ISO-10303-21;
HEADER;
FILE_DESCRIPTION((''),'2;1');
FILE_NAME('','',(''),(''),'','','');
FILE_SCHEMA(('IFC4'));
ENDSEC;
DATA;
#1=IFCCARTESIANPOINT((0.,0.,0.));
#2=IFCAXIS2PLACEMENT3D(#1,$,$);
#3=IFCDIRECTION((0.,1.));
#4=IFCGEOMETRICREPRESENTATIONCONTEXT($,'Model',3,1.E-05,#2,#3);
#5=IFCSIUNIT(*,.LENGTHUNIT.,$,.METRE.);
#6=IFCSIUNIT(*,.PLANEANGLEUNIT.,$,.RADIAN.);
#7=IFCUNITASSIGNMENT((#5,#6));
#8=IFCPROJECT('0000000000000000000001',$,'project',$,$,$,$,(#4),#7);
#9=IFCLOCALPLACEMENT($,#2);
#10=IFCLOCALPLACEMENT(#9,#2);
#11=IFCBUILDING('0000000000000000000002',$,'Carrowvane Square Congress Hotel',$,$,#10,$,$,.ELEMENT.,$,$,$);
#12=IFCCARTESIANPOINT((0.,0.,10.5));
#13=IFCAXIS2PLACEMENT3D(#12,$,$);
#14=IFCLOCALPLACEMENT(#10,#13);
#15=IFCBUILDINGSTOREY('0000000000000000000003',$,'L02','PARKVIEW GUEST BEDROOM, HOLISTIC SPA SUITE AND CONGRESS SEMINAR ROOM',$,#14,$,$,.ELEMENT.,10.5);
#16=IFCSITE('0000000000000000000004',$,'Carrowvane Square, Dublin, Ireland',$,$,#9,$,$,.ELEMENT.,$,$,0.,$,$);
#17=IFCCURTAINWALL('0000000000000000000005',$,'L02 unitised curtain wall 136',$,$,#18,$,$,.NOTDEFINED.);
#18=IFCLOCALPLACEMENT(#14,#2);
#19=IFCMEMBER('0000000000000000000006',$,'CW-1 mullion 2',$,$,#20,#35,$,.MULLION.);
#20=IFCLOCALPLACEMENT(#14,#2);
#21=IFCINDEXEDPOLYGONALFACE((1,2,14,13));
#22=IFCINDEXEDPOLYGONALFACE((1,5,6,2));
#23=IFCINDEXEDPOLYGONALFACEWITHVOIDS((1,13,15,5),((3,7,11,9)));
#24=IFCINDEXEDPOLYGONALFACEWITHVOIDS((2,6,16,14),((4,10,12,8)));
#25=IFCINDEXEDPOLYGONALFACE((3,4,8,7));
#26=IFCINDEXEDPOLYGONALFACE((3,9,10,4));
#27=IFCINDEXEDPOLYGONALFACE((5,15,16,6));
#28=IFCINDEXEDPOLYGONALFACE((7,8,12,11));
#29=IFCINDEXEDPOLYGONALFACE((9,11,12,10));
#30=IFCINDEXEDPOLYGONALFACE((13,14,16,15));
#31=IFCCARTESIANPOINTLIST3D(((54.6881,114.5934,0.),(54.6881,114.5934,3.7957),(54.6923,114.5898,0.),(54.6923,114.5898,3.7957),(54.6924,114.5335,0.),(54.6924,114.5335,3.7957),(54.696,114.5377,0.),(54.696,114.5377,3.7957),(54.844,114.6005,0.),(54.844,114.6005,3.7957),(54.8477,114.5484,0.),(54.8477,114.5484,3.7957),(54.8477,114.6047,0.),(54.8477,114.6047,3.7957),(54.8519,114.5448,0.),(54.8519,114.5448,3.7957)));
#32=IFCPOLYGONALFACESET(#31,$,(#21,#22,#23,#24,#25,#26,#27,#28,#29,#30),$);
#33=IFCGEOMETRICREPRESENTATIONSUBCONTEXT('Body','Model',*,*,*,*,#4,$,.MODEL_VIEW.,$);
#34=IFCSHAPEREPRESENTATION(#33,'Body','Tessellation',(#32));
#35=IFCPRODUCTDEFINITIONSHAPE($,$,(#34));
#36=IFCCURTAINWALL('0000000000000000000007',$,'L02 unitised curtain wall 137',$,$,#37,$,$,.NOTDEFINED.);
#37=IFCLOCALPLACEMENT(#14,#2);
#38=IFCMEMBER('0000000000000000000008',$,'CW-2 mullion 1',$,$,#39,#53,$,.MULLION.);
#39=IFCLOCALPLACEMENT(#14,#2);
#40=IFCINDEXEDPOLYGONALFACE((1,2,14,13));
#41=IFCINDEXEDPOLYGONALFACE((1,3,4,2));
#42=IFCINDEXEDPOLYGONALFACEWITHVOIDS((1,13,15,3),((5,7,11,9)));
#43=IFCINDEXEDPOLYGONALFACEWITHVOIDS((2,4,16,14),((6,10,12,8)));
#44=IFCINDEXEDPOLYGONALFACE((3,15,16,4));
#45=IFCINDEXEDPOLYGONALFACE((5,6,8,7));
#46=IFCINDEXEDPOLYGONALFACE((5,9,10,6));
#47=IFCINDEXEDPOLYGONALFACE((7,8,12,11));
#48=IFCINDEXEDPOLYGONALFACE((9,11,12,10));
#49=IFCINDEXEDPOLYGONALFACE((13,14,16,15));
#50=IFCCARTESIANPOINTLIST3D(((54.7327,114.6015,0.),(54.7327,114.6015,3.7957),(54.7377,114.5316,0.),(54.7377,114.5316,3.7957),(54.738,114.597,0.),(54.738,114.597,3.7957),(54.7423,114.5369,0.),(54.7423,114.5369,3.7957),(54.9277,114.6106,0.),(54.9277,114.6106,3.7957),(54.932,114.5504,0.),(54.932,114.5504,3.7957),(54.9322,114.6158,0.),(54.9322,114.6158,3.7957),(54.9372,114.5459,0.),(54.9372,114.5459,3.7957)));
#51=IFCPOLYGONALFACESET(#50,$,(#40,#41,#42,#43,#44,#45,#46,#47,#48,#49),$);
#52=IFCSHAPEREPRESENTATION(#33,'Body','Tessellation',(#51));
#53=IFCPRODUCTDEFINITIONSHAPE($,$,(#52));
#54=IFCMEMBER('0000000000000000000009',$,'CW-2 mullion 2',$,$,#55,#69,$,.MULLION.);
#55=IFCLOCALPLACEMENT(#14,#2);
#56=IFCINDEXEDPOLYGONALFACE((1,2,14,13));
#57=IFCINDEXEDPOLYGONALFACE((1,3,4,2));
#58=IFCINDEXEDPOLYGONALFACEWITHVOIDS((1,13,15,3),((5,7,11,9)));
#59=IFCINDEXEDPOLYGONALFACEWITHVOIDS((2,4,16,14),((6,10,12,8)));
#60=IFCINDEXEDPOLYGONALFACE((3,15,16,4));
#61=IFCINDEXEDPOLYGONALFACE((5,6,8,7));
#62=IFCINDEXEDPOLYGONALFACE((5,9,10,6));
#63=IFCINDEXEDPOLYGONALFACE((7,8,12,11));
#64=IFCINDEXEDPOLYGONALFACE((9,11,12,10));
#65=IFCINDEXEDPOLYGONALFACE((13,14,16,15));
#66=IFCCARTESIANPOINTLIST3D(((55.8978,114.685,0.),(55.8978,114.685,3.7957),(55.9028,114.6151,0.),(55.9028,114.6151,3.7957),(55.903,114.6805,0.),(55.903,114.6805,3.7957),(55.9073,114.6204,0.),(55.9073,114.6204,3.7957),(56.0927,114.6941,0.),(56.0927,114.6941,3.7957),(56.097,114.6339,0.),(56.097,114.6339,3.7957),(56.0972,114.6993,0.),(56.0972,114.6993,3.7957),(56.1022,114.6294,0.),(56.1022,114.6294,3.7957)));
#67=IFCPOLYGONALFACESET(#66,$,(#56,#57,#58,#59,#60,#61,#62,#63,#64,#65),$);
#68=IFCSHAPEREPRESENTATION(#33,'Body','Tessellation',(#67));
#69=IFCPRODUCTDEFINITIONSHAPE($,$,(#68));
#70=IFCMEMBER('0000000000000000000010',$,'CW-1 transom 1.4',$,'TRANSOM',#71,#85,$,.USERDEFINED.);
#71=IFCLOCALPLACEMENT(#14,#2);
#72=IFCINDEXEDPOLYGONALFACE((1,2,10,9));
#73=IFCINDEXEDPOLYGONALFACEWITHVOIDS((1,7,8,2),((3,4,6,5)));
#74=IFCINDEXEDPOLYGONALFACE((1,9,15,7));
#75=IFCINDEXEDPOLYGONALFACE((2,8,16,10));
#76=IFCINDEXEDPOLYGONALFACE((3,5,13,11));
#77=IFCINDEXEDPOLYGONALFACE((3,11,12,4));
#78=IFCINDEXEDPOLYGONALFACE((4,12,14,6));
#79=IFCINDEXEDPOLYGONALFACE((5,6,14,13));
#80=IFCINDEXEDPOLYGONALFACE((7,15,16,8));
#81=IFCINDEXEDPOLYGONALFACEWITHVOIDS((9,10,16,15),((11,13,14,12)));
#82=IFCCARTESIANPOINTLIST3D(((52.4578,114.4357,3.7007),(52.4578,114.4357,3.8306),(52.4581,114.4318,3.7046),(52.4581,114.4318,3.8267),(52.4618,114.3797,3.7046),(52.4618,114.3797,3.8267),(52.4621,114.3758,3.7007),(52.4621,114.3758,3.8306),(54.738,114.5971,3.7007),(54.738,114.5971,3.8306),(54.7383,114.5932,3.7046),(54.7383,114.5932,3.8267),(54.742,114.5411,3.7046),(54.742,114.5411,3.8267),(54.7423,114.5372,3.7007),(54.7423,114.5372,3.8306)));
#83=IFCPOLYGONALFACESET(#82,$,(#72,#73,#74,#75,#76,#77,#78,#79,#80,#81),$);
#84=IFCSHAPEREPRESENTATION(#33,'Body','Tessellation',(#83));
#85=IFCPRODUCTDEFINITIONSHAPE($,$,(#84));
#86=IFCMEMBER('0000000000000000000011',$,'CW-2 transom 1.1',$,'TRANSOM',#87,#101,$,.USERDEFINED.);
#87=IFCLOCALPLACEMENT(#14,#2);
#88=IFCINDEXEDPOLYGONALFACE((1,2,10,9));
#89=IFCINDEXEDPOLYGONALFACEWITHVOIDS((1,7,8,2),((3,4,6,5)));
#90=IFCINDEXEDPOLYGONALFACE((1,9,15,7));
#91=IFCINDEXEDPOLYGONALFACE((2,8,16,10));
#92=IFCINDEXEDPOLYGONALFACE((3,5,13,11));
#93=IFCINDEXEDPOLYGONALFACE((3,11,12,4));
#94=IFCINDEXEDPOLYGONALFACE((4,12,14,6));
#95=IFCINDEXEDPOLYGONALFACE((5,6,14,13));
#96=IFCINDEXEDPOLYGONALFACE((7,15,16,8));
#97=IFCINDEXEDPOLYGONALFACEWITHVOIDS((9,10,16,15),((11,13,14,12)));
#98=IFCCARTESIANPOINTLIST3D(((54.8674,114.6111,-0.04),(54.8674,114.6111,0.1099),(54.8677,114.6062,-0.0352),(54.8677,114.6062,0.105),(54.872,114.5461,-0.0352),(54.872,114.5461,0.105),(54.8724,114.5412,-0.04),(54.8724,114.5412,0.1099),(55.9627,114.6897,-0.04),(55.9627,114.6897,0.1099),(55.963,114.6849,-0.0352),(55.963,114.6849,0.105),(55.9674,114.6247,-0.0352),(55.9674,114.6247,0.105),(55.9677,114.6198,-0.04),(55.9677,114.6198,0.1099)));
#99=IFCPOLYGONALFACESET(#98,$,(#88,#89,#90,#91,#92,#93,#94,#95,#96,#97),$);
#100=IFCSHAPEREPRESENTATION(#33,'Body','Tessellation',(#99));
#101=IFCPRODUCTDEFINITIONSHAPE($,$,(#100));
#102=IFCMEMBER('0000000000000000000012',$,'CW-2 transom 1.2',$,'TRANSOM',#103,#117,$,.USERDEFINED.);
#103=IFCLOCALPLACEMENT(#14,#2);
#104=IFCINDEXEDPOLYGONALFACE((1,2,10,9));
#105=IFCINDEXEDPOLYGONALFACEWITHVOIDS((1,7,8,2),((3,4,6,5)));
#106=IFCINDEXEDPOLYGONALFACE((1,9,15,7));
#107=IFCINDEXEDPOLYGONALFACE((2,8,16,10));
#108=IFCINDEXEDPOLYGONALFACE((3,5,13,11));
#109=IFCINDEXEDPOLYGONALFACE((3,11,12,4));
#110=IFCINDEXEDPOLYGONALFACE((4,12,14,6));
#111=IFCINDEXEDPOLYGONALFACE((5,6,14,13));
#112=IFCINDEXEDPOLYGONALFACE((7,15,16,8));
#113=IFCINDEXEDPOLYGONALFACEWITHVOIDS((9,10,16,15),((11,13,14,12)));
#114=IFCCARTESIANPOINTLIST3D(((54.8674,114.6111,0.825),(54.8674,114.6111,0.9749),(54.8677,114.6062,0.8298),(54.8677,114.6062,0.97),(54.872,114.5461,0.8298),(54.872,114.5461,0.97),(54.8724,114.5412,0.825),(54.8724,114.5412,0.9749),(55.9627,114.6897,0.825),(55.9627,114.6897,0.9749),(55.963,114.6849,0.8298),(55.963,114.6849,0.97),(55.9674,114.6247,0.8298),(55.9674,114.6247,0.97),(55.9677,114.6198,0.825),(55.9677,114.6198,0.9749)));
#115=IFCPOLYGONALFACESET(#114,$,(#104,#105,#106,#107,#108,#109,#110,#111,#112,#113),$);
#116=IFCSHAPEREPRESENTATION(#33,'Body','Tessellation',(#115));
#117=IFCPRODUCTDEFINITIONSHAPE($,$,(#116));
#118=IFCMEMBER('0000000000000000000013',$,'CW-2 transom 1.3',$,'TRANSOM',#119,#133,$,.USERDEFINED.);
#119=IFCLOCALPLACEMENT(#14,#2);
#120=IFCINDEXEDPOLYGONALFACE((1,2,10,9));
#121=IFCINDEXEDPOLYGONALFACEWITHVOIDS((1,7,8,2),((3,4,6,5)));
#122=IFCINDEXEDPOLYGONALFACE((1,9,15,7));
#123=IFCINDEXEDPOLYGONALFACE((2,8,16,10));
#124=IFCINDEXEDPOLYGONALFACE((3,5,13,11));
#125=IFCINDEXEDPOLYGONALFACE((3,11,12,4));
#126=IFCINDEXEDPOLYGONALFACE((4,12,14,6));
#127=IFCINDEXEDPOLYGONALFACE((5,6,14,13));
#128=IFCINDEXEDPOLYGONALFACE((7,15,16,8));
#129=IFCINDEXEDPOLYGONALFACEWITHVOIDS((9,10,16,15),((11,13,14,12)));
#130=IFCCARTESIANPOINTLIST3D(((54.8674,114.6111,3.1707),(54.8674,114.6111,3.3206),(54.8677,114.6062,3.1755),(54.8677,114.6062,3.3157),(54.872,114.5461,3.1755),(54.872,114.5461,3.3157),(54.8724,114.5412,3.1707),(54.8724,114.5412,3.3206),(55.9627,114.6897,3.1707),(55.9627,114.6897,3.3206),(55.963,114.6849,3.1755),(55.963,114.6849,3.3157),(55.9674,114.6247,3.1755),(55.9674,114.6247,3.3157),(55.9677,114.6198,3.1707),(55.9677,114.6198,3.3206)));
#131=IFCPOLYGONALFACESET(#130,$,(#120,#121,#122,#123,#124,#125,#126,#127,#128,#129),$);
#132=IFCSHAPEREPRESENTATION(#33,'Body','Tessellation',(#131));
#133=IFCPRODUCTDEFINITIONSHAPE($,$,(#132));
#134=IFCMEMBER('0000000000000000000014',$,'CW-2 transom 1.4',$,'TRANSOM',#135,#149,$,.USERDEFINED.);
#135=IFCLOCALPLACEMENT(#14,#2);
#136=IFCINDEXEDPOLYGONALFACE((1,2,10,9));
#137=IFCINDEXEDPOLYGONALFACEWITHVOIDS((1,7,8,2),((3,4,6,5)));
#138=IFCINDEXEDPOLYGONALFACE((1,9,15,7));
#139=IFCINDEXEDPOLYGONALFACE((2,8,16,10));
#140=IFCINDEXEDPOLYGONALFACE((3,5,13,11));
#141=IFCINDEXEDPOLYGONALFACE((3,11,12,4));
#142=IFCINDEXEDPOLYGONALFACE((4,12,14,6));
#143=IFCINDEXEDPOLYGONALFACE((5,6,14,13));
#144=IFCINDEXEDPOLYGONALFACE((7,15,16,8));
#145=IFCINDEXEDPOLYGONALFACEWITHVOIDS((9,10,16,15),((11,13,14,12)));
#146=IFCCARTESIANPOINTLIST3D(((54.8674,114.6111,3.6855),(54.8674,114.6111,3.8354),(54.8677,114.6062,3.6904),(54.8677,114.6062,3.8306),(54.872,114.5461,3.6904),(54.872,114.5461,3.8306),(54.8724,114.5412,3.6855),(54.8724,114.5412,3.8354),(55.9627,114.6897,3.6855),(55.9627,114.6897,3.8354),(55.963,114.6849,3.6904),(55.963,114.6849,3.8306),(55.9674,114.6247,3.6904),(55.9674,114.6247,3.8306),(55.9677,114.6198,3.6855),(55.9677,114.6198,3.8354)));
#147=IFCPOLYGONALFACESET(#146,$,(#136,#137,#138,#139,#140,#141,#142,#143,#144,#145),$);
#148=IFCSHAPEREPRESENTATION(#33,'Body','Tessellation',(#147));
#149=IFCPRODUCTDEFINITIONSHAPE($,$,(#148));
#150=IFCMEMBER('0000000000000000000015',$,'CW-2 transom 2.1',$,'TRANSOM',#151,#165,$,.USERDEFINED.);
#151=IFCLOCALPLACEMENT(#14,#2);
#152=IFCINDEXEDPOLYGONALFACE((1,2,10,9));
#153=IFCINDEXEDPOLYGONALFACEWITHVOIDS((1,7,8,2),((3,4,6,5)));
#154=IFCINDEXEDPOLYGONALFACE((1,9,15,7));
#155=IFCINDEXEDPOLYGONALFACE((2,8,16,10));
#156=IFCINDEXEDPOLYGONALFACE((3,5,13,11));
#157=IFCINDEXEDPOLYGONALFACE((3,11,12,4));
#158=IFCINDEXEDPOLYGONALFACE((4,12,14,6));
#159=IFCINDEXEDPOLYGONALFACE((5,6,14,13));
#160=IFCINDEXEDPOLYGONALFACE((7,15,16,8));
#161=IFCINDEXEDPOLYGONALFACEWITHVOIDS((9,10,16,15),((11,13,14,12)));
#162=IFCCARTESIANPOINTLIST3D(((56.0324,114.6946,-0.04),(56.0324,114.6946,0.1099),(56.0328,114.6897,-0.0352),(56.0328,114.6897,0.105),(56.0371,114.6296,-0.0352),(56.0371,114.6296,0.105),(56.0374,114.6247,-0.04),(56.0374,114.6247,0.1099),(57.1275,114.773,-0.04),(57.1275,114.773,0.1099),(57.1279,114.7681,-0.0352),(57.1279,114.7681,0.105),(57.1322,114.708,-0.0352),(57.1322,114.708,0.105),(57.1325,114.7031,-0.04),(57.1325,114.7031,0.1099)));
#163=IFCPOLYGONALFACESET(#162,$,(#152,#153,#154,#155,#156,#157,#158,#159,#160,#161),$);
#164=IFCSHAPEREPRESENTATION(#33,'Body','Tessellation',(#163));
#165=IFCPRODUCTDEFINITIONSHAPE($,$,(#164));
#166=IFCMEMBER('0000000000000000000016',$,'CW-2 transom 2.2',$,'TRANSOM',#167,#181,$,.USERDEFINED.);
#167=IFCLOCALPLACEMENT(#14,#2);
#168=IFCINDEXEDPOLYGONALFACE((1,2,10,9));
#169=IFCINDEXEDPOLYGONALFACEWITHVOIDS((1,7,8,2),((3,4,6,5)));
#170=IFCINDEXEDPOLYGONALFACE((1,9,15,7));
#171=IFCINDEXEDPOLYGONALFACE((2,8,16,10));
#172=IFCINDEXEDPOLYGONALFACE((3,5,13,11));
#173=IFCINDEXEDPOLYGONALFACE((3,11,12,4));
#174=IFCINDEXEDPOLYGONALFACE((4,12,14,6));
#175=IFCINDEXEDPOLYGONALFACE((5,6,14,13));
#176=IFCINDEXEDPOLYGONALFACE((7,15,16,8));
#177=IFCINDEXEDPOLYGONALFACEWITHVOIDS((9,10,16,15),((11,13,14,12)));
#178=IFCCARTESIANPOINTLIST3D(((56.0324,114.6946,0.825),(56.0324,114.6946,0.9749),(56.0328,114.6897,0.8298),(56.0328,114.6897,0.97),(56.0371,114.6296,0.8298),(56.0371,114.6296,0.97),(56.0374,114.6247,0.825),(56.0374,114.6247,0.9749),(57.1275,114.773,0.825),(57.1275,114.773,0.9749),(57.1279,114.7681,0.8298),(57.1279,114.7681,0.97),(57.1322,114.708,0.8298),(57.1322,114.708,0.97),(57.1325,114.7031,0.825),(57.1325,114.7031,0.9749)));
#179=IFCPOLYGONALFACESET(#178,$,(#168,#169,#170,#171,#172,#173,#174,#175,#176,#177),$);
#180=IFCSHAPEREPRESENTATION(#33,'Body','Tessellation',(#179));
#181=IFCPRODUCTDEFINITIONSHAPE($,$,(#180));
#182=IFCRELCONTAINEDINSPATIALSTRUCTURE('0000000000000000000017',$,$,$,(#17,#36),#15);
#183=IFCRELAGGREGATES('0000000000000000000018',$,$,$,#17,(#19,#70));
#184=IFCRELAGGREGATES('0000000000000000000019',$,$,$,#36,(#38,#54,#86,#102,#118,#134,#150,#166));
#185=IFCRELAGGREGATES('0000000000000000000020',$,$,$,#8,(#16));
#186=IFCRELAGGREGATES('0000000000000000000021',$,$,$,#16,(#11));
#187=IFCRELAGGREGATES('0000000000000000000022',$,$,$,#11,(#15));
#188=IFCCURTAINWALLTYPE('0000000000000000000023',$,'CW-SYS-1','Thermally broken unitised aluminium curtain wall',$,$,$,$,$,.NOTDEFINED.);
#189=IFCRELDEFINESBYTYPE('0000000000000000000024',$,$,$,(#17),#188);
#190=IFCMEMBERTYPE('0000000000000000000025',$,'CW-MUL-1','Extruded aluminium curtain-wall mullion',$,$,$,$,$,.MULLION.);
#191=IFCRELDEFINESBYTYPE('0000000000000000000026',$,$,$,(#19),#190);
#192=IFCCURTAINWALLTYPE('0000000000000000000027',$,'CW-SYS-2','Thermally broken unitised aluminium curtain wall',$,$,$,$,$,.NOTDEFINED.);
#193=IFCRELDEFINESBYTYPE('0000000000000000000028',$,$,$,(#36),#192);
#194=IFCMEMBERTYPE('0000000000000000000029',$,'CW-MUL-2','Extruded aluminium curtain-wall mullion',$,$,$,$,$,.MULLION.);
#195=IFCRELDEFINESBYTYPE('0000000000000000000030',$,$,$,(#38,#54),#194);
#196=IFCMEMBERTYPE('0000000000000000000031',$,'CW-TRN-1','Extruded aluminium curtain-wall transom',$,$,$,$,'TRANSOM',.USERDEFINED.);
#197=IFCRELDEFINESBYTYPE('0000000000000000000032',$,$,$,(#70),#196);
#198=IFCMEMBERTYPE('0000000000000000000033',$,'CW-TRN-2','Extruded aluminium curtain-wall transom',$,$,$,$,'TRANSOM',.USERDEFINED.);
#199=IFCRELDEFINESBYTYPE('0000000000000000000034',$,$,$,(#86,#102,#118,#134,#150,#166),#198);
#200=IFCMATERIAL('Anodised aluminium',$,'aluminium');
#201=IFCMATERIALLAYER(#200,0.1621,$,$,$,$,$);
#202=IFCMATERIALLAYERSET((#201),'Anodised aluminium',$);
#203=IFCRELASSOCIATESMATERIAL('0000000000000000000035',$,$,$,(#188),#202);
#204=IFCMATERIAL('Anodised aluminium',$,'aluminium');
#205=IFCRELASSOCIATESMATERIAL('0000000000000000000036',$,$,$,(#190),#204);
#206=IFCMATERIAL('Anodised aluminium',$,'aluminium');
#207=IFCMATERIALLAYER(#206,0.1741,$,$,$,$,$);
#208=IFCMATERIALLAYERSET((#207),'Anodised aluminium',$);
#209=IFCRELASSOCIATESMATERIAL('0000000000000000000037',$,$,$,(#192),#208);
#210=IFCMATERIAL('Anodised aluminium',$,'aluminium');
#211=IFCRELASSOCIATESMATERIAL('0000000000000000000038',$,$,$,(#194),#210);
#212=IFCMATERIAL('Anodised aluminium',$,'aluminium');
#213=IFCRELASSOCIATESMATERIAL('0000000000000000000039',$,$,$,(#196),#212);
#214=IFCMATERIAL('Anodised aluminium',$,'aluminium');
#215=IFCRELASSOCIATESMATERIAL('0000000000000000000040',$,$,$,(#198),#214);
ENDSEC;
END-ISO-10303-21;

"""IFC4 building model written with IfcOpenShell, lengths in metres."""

from ifc_helpers import new_model, si_unit, direction, frame, origin, origin_2d, place, context, subcontext, project, spatial, hollow_rectangle, extrude, material, layer, layer_set, material_profile, profile_set, type_object, element, aggregate, save


model = new_model("IFC4")

# Units and contexts
model_context = context("Model", 3, precision=1e-05, world=origin(), true_north=direction((0.0, 1.0)))
body_context = subcontext(model_context, "Body", "Model", "MODEL_VIEW")
ifc_project = project(units=[si_unit("LENGTHUNIT", "METRE"), si_unit("PLANEANGLEUNIT", "RADIAN")], contexts=[model_context])

# Site, building, storey
site_placement = place(None, origin())
site = spatial("IfcSite", under=ifc_project, at=site_placement, Name="Carrowvane Square, Dublin, Ireland", CompositionType="ELEMENT", RefElevation=0.0)
building_placement = place(site_placement, origin())
building = spatial("IfcBuilding", under=site, at=building_placement, Name="Carrowvane Square Congress Hotel", CompositionType="ELEMENT")
storey_placement = place(building_placement, frame((0.0, 0.0, 10.5)))
storey = spatial("IfcBuildingStorey", under=building, at=storey_placement, Name="L02", Description="PARKVIEW GUEST BEDROOM, HOLISTIC SPA SUITE AND CONGRESS SEMINAR ROOM", CompositionType="ELEMENT", Elevation=10.5)

# Curtain wall, member
ifc_material_1 = material(Name="Anodised aluminium", Category="aluminium")
ifc_layer_1 = layer(ifc_material_1, 0.1621)
ifc_layer_set_1 = layer_set([ifc_layer_1], Name="Anodised aluminium")
curtain_wall_type_1 = type_object("IfcCurtainWallType", Name="CW-SYS-1", Description="Thermally broken unitised aluminium curtain wall", PredefinedType="NOTDEFINED", material=ifc_layer_set_1)
curtain_wall_1_placement = place(storey_placement, origin())
curtain_wall_1 = element("IfcCurtainWall", 1, at=curtain_wall_1_placement, inside=storey, type_object=curtain_wall_type_1, Name="L02 unitised curtain wall 136", PredefinedType="NOTDEFINED")
ifc_material_2 = material(Name="Anodised aluminium", Category="aluminium")
ifc_material_profile_1 = material_profile(ifc_material_2, hollow_rectangle(XDim=0.0601, YDim=0.1599, WallThickness=0.0039, at=origin_2d()), Name="CW-ML 60x160x4")
ifc_profile_set_1 = profile_set([ifc_material_profile_1], Name="Anodised aluminium")
member_type_1 = type_object("IfcMemberType", Name="CW-MUL-1", Description="Extruded aluminium curtain-wall mullion", PredefinedType="MULLION", material=ifc_profile_set_1)
member_1_placement = place(storey_placement, frame((54.77, 114.5691, 0.0), z_axis=(0.0, 0.0, 1.0), x_axis=(-0.070586, 0.997506, 0.0)))
member_1 = element("IfcMember", 2, at=member_1_placement, type_object=member_type_1, Name="CW-1 mullion 2", PredefinedType="MULLION", context=body_context, shape_type="SweptSolid", body=[
    extrude(hollow_rectangle(XDim=0.0601, YDim=0.1599, WallThickness=0.0039, at=origin_2d()), origin(), (0.0, 0.0, 1.0), 3.7957),
])

# Curtain wall, members
ifc_material_3 = material(Name="Anodised aluminium", Category="aluminium")
ifc_layer_2 = layer(ifc_material_3, 0.1741)
ifc_layer_set_2 = layer_set([ifc_layer_2], Name="Anodised aluminium")
curtain_wall_type_2 = type_object("IfcCurtainWallType", Name="CW-SYS-2", Description="Thermally broken unitised aluminium curtain wall", PredefinedType="NOTDEFINED", material=ifc_layer_set_2)
curtain_wall_2_placement = place(storey_placement, origin())
curtain_wall_2 = element("IfcCurtainWall", 3, at=curtain_wall_2_placement, inside=storey, type_object=curtain_wall_type_2, Name="L02 unitised curtain wall 137", PredefinedType="NOTDEFINED")
ifc_material_4 = material(Name="Anodised aluminium", Category="aluminium")
ifc_material_profile_2 = material_profile(ifc_material_4, hollow_rectangle(XDim=0.0701, YDim=0.2, WallThickness=0.0049, at=origin_2d()), Name="CW-ML 70x200x5")
ifc_profile_set_2 = profile_set([ifc_material_profile_2], Name="Anodised aluminium")
member_type_2 = type_object("IfcMemberType", Name="CW-MUL-2", Description="Extruded aluminium curtain-wall mullion", PredefinedType="MULLION", material=ifc_profile_set_2)
member_2_placement = place(storey_placement, frame((54.835, 114.5737, 0.0), z_axis=(0.0, 0.0, 1.0), x_axis=(-0.071418, 0.997446, 0.0)))
member_2 = element("IfcMember", 4, at=member_2_placement, type_object=member_type_2, Name="CW-2 mullion 1", PredefinedType="MULLION", context=body_context, shape_type="SweptSolid", body=[
    extrude(hollow_rectangle(XDim=0.0701, YDim=0.2, WallThickness=0.0049, at=origin_2d()), origin(), (0.0, 0.0, 1.0), 3.7957),
])
member_3_placement = place(storey_placement, frame((56.0, 114.6572, 0.0), z_axis=(0.0, 0.0, 1.0), x_axis=(-0.071418, 0.997446, 0.0)))
member_3 = element("IfcMember", 5, at=member_3_placement, type_object=member_type_2, Name="CW-2 mullion 2", PredefinedType="MULLION", context=body_context, shape_type="SweptSolid", body=[
    extrude(hollow_rectangle(XDim=0.0701, YDim=0.2, WallThickness=0.0049, at=origin_2d()), origin(), (0.0, 0.0, 1.0), 3.7957),
])

# Members
ifc_material_5 = material(Name="Anodised aluminium", Category="aluminium")
ifc_material_profile_3 = material_profile(ifc_material_5, hollow_rectangle(XDim=0.0601, YDim=0.1299, WallThickness=0.0039, at=origin_2d()), Name="CW-TR 60x130x4")
ifc_profile_set_3 = profile_set([ifc_material_profile_3], Name="Anodised aluminium")
member_type_3 = type_object("IfcMemberType", Name="CW-TRN-1", Description="Extruded aluminium curtain-wall transom", ElementType="TRANSOM", PredefinedType="USERDEFINED", material=ifc_profile_set_3)
member_4_placement = place(storey_placement, frame((52.46, 114.4058, 3.7656), z_axis=(0.997505, 0.070594, 0.0), x_axis=(-0.070594, 0.997505, 0.0)))
member_4 = element("IfcMember", 6, at=member_4_placement, type_object=member_type_3, Name="CW-1 transom 1.4", ObjectType="TRANSOM", PredefinedType="USERDEFINED", context=body_context, shape_type="SweptSolid", body=[
    extrude(hollow_rectangle(XDim=0.0601, YDim=0.1299, WallThickness=0.0039, at=origin_2d()), origin(), (0.0, 0.0, 1.0), 2.2859),
])
ifc_material_6 = material(Name="Anodised aluminium", Category="aluminium")
ifc_material_profile_4 = material_profile(ifc_material_6, hollow_rectangle(XDim=0.0701, YDim=0.1499, WallThickness=0.0049, at=origin_2d()), Name="CW-TR 70x150x5")
ifc_profile_set_4 = profile_set([ifc_material_profile_4], Name="Anodised aluminium")
member_type_4 = type_object("IfcMemberType", Name="CW-TRN-2", Description="Extruded aluminium curtain-wall transom", ElementType="TRANSOM", PredefinedType="USERDEFINED", material=ifc_profile_set_4)
member_5_placement = place(storey_placement, frame((54.8699, 114.5762, 0.0349), z_axis=(0.997434, 0.071595, 0.0), x_axis=(-0.071595, 0.997434, 0.0)))
member_5 = element("IfcMember", 7, at=member_5_placement, type_object=member_type_4, Name="CW-2 transom 1.1", ObjectType="TRANSOM", PredefinedType="USERDEFINED", context=body_context, shape_type="SweptSolid", body=[
    extrude(hollow_rectangle(XDim=0.0701, YDim=0.1499, WallThickness=0.0049, at=origin_2d()), origin(), (0.0, 0.0, 1.0), 1.0981),
])
member_6_placement = place(storey_placement, frame((54.8699, 114.5762, 0.8999), z_axis=(0.997434, 0.071595, 0.0), x_axis=(-0.071595, 0.997434, 0.0)))
member_6 = element("IfcMember", 8, at=member_6_placement, type_object=member_type_4, Name="CW-2 transom 1.2", ObjectType="TRANSOM", PredefinedType="USERDEFINED", context=body_context, shape_type="SweptSolid", body=[
    extrude(hollow_rectangle(XDim=0.0701, YDim=0.1499, WallThickness=0.0049, at=origin_2d()), origin(), (0.0, 0.0, 1.0), 1.0981),
])
member_7_placement = place(storey_placement, frame((54.8699, 114.5762, 3.2456), z_axis=(0.997434, 0.071595, 0.0), x_axis=(-0.071595, 0.997434, 0.0)))
member_7 = element("IfcMember", 9, at=member_7_placement, type_object=member_type_4, Name="CW-2 transom 1.3", ObjectType="TRANSOM", PredefinedType="USERDEFINED", context=body_context, shape_type="SweptSolid", body=[
    extrude(hollow_rectangle(XDim=0.0701, YDim=0.1499, WallThickness=0.0049, at=origin_2d()), origin(), (0.0, 0.0, 1.0), 1.0981),
])
member_8_placement = place(storey_placement, frame((54.8699, 114.5762, 3.7605), z_axis=(0.997434, 0.071595, 0.0), x_axis=(-0.071595, 0.997434, 0.0)))
member_8 = element("IfcMember", 10, at=member_8_placement, type_object=member_type_4, Name="CW-2 transom 1.4", ObjectType="TRANSOM", PredefinedType="USERDEFINED", context=body_context, shape_type="SweptSolid", body=[
    extrude(hollow_rectangle(XDim=0.0701, YDim=0.1499, WallThickness=0.0049, at=origin_2d()), origin(), (0.0, 0.0, 1.0), 1.0981),
])
member_9_placement = place(storey_placement, frame((56.0349, 114.6597, 0.0349), z_axis=(0.99745, 0.071373, 0.0), x_axis=(-0.071373, 0.99745, 0.0)))
member_9 = element("IfcMember", 11, at=member_9_placement, type_object=member_type_4, Name="CW-2 transom 2.1", ObjectType="TRANSOM", PredefinedType="USERDEFINED", context=body_context, shape_type="SweptSolid", body=[
    extrude(hollow_rectangle(XDim=0.0701, YDim=0.1499, WallThickness=0.0049, at=origin_2d()), origin(), (0.0, 0.0, 1.0), 1.0979),
])
member_10_placement = place(storey_placement, frame((56.0349, 114.6597, 0.8999), z_axis=(0.99745, 0.071373, 0.0), x_axis=(-0.071373, 0.99745, 0.0)))
member_10 = element("IfcMember", 12, at=member_10_placement, type_object=member_type_4, Name="CW-2 transom 2.2", ObjectType="TRANSOM", PredefinedType="USERDEFINED", context=body_context, shape_type="SweptSolid", body=[
    extrude(hollow_rectangle(XDim=0.0701, YDim=0.1499, WallThickness=0.0049, at=origin_2d()), origin(), (0.0, 0.0, 1.0), 1.0979),
])

aggregate(curtain_wall_1, [member_1, member_4])
aggregate(curtain_wall_2, [member_2, member_3, member_5, member_6, member_7, member_8, member_9, member_10])

save(model, "model.ifc")
